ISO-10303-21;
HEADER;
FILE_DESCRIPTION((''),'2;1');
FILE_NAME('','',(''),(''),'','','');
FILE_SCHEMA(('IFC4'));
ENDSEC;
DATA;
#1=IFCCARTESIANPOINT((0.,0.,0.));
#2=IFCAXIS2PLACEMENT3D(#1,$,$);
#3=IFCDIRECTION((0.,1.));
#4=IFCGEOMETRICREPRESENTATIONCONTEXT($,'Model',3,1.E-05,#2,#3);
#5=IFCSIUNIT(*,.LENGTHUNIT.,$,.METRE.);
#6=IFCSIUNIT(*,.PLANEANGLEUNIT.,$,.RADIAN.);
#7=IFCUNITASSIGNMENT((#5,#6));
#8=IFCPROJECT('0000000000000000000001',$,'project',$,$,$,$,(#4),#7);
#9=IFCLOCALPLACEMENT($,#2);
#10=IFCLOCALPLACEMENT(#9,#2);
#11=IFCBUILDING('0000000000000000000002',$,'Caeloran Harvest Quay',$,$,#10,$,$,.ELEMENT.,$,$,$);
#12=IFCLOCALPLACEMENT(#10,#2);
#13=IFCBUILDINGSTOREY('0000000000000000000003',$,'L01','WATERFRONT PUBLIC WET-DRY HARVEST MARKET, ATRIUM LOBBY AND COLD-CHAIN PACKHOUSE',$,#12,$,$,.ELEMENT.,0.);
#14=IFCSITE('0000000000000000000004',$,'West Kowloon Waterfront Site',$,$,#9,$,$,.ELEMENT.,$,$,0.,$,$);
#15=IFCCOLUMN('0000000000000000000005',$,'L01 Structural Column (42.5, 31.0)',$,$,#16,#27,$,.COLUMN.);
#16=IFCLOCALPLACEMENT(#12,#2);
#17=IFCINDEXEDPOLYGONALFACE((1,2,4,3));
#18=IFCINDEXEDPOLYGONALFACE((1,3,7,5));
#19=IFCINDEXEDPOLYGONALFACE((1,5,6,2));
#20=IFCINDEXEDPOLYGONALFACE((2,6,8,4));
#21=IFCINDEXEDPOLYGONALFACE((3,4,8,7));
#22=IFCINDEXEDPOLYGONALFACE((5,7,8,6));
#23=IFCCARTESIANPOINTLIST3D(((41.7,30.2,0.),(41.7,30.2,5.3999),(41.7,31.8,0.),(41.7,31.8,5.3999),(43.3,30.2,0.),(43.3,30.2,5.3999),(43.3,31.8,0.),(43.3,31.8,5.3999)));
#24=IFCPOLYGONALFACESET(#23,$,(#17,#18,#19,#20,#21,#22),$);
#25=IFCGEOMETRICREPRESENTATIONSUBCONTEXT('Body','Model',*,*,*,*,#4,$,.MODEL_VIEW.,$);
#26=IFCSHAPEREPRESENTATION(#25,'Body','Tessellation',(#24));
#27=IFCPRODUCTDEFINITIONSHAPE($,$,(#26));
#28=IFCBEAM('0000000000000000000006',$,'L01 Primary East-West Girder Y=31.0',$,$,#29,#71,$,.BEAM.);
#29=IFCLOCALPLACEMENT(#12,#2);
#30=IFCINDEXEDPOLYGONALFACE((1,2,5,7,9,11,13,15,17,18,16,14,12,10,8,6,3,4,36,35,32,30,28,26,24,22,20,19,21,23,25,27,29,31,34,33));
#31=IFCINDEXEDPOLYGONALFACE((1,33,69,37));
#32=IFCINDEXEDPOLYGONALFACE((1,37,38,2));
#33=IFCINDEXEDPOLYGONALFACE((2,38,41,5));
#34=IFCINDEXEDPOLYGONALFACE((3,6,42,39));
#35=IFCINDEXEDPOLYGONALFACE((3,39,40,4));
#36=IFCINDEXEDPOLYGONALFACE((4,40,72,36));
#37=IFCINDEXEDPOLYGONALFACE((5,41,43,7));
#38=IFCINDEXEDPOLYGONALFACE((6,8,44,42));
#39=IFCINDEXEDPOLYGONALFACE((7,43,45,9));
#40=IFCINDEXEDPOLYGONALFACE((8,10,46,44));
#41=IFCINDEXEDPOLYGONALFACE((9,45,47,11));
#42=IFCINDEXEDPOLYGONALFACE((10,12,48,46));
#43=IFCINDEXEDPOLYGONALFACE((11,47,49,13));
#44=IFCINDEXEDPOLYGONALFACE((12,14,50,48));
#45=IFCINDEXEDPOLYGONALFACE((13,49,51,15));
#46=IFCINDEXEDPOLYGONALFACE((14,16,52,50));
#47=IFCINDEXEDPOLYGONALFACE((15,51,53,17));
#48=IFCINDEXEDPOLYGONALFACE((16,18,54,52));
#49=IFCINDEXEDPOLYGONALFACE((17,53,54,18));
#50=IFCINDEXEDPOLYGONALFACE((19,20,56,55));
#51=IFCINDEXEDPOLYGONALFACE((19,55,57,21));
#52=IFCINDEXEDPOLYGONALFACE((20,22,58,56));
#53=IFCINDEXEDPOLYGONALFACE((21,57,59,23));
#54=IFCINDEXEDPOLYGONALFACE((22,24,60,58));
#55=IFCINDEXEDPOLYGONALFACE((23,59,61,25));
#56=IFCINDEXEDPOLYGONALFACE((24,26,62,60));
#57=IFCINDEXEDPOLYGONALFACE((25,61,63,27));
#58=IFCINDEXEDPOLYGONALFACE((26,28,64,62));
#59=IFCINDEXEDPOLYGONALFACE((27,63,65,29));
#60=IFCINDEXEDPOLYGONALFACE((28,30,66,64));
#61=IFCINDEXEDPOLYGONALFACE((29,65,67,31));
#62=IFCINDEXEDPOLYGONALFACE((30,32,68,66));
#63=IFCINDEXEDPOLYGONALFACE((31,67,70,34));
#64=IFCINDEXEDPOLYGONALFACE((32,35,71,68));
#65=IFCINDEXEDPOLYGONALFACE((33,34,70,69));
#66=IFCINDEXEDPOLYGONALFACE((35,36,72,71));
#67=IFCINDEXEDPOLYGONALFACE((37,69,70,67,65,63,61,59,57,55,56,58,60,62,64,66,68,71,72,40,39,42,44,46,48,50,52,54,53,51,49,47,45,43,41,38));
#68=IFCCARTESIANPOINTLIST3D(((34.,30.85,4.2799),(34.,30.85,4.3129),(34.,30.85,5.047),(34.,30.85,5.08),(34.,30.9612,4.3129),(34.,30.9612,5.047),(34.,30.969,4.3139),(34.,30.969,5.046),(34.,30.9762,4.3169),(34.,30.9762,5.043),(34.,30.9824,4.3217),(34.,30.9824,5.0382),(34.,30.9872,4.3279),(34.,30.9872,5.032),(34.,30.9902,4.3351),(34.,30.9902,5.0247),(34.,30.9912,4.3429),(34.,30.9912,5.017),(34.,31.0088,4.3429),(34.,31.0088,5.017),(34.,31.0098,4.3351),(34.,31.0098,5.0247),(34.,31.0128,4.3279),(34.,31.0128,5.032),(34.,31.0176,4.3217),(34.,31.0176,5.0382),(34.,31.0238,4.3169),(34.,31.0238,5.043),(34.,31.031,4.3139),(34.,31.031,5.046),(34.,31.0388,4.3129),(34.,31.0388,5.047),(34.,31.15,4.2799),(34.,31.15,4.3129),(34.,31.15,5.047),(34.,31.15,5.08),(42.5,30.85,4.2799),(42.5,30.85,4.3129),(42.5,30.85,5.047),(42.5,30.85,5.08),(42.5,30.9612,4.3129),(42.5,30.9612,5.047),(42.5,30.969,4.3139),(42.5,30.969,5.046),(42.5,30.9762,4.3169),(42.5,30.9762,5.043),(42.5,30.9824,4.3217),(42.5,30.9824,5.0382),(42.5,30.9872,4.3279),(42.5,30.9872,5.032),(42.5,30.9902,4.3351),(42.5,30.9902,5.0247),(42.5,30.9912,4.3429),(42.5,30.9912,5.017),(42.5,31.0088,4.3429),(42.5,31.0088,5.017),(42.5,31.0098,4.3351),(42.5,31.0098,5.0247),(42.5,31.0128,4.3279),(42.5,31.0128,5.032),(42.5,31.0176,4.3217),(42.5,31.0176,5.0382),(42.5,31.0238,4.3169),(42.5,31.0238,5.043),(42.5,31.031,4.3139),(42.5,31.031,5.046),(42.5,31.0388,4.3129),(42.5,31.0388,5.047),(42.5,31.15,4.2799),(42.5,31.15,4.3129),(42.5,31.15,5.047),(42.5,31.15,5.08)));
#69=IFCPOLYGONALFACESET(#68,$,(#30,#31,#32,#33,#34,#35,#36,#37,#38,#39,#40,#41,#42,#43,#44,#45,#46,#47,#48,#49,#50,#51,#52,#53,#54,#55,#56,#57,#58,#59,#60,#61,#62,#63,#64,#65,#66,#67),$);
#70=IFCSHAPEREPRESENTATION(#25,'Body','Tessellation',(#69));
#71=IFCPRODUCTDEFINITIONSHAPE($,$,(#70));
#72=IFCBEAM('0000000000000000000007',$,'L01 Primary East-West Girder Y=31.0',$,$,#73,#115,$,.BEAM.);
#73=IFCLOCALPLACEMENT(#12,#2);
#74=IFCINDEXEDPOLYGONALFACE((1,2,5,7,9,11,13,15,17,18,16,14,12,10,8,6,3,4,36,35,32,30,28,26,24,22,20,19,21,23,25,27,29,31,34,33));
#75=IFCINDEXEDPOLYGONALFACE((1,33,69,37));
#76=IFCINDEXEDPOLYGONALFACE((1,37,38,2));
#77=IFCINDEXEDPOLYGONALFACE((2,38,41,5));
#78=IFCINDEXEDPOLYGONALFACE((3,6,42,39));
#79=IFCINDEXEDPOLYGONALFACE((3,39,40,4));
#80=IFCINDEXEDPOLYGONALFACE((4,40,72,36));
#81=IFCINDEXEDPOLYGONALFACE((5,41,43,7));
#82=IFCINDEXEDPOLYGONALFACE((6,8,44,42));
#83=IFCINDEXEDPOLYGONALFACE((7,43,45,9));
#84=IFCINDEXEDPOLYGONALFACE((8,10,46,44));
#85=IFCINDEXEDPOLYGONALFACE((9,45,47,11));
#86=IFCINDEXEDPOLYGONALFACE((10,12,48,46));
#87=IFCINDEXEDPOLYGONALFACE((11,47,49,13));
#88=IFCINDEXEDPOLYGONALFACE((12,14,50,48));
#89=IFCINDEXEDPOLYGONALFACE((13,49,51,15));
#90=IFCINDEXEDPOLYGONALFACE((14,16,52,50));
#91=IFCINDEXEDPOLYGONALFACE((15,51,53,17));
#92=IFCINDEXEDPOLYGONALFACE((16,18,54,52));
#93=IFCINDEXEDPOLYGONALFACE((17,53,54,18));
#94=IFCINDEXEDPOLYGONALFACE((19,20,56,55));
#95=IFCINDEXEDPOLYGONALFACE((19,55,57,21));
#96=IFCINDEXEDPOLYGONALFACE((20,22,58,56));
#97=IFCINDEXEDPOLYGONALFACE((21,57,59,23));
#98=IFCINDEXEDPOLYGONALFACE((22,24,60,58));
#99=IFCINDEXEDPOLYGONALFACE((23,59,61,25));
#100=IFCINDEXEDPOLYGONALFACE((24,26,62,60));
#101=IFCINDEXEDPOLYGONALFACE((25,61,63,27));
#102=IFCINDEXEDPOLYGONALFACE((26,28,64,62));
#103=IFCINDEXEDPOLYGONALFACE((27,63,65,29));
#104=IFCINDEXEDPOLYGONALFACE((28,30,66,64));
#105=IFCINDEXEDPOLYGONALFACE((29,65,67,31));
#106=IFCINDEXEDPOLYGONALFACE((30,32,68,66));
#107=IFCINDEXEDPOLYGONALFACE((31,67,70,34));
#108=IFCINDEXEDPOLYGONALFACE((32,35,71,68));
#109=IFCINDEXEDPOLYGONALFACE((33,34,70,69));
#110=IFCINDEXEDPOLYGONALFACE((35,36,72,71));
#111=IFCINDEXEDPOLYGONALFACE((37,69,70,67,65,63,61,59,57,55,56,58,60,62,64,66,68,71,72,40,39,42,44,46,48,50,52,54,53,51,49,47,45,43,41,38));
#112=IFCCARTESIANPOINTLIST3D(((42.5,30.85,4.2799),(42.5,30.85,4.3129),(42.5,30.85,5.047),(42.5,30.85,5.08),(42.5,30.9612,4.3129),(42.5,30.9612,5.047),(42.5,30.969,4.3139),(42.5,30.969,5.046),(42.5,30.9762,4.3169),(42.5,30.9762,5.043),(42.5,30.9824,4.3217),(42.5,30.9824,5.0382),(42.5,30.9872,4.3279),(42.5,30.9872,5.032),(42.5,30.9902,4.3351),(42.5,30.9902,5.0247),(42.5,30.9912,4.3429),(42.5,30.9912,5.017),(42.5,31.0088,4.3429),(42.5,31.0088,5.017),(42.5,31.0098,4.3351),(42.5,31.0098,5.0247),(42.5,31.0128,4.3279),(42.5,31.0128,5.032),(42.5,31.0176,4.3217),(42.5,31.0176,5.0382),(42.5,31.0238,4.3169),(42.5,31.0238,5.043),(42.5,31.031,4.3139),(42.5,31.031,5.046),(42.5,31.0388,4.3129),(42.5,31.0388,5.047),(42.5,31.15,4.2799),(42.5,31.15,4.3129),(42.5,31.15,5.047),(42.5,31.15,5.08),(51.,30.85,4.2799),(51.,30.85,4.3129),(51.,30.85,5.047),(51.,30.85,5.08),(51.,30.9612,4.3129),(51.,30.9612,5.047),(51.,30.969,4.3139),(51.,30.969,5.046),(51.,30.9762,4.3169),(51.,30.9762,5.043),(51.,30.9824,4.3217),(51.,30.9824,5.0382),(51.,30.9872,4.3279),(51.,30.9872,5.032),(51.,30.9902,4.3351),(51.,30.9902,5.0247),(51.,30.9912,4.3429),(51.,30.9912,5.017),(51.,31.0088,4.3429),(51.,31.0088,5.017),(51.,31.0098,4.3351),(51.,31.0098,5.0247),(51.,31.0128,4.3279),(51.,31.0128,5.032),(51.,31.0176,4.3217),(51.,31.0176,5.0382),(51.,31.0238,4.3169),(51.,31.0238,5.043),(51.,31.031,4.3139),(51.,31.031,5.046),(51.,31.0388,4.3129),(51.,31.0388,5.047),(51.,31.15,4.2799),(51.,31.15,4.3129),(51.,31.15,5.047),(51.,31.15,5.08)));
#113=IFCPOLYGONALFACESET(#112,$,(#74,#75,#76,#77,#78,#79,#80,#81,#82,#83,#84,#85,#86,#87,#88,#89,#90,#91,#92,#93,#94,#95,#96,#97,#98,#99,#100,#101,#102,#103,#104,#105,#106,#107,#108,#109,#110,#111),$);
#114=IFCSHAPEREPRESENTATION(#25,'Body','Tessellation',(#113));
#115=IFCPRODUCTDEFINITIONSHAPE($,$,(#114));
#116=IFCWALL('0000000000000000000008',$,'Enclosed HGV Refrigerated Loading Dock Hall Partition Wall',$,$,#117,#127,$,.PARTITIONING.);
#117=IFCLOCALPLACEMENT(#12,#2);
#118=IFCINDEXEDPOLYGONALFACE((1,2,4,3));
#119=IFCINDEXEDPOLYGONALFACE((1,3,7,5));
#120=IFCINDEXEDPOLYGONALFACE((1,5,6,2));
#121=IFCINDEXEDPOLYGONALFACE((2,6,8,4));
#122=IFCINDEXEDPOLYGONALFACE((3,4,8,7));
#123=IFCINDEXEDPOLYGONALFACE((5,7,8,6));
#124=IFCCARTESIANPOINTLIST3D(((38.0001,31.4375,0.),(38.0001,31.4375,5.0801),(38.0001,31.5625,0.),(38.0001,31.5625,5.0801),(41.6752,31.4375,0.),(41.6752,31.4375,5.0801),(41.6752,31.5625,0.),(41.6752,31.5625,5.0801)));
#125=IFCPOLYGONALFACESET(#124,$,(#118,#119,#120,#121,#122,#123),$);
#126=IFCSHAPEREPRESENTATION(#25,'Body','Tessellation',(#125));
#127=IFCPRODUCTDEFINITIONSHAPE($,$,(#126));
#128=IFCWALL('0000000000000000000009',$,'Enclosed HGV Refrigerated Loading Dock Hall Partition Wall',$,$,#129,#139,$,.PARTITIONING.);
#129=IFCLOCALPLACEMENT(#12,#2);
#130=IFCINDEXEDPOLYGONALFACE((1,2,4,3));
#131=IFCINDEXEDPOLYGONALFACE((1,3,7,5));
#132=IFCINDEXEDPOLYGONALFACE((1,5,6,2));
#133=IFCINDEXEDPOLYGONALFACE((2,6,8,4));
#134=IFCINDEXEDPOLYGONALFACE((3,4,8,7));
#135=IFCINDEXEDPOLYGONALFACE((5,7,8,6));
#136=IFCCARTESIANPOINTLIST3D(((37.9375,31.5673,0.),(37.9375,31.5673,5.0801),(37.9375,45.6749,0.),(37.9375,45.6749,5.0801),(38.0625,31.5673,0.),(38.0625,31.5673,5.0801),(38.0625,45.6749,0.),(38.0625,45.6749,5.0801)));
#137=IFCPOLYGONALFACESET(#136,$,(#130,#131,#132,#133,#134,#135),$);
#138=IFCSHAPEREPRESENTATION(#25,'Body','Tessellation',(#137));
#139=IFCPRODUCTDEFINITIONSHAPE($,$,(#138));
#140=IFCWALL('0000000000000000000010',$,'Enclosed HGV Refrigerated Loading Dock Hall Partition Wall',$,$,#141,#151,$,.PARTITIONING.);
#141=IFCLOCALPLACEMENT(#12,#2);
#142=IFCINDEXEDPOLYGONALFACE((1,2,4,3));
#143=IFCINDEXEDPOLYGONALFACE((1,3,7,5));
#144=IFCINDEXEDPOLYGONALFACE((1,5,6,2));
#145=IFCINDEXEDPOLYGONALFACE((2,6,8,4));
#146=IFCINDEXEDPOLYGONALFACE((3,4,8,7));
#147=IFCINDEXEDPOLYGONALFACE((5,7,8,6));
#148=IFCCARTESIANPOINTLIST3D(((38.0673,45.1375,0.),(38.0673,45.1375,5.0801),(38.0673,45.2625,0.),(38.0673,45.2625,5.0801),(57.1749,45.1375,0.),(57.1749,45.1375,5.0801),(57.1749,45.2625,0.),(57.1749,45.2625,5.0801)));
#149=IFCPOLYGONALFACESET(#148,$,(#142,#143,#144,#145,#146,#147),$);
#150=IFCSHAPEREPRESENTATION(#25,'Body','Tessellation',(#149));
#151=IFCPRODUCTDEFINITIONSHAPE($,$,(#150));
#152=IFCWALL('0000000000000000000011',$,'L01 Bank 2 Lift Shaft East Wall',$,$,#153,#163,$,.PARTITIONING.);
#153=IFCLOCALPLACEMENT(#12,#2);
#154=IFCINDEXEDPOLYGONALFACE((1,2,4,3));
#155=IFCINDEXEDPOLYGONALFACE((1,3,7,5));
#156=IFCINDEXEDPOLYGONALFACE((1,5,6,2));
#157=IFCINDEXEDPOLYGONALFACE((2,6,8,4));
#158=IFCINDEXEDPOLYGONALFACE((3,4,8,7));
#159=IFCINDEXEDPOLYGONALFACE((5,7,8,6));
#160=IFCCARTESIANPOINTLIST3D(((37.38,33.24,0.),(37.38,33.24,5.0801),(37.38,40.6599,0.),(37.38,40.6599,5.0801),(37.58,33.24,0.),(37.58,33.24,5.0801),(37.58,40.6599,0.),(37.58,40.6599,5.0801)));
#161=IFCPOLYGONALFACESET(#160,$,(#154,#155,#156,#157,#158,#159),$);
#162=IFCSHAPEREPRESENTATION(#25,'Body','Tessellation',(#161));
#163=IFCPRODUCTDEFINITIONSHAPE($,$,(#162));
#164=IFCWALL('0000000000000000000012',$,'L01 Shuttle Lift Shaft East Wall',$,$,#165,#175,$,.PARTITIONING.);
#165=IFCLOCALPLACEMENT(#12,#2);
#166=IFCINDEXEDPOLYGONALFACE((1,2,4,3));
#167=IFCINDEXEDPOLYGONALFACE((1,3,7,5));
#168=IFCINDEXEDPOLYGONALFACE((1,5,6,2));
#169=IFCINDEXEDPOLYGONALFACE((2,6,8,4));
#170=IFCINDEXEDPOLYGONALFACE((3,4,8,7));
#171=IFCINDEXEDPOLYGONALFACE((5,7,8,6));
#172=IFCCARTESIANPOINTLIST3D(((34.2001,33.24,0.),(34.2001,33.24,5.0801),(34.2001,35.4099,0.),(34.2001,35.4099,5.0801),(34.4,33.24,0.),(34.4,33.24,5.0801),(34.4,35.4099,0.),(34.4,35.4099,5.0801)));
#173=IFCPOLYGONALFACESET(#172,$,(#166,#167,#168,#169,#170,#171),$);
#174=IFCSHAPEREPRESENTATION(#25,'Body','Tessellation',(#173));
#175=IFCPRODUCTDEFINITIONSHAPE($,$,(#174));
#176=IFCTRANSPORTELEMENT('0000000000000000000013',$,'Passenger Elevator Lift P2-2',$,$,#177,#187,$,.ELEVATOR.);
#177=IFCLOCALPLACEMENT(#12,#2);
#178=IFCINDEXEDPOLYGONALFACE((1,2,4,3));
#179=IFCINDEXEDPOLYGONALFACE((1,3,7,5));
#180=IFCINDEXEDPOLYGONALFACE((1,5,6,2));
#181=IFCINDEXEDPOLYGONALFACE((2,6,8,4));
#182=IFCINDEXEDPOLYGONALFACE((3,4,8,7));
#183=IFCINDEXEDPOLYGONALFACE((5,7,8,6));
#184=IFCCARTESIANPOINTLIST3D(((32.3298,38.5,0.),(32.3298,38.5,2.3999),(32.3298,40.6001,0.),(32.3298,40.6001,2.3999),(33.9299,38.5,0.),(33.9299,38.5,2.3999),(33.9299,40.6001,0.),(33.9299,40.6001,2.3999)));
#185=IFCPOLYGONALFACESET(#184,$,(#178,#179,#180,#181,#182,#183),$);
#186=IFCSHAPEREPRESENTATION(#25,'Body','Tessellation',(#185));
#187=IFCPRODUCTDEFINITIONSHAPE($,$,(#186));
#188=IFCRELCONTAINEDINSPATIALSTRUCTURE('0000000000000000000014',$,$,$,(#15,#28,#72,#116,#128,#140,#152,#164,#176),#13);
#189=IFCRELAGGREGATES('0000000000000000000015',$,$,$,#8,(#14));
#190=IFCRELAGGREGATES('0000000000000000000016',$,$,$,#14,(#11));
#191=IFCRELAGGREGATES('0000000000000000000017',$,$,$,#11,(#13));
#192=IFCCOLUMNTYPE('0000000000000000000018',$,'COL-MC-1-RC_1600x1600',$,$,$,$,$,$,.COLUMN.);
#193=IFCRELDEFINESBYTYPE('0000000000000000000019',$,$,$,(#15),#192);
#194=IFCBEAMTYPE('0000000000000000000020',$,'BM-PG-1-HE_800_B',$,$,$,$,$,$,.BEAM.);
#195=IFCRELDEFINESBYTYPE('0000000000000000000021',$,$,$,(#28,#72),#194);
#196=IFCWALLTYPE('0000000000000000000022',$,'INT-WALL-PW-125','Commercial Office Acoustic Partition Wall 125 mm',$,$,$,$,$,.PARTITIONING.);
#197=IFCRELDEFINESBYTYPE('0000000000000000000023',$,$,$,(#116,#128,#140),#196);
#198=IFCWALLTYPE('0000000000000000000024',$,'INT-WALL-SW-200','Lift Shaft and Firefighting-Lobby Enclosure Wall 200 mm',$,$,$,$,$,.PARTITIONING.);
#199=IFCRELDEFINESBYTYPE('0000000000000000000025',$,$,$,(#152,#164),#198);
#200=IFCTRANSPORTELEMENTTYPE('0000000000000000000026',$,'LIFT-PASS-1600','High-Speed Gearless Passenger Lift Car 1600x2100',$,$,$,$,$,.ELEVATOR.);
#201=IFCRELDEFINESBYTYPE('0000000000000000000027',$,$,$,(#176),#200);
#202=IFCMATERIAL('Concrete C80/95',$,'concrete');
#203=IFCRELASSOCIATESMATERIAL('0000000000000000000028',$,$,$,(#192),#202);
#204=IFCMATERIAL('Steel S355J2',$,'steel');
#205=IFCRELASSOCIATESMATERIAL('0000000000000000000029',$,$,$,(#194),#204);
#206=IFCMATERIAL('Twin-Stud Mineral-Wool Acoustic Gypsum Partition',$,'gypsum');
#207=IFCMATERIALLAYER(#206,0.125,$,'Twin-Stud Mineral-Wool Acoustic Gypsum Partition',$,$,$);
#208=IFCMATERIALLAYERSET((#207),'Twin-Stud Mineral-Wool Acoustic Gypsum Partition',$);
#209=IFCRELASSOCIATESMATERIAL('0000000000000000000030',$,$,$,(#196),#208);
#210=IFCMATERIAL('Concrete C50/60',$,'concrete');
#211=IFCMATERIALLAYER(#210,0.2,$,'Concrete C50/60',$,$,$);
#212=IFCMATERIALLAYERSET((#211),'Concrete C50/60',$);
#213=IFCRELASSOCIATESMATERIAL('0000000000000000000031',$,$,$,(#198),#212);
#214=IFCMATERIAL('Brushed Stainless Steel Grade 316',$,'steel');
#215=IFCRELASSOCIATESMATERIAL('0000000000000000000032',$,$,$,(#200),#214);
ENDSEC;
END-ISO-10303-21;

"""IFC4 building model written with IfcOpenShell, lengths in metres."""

from ifc_helpers import new_model, si_unit, direction, frame, frame_2d, origin, origin_2d, place, context, subcontext, project, spatial, rectangle, i_section, extrude, material, layer, layer_set, material_profile, profile_set, type_object, element, save


model = new_model("IFC4")

# Units and contexts
model_context = context("Model", 3, precision=1e-05, world=origin(), true_north=direction((0.0, 1.0)))
body_context = subcontext(model_context, "Body", "Model", "MODEL_VIEW")
ifc_project = project(units=[si_unit("LENGTHUNIT", "METRE"), si_unit("PLANEANGLEUNIT", "RADIAN")], contexts=[model_context])

# Site, building, storey
site_placement = place(None, origin())
site = spatial("IfcSite", under=ifc_project, at=site_placement, Name="West Kowloon Waterfront Site", CompositionType="ELEMENT", RefElevation=0.0)
building_placement = place(site_placement, origin())
building = spatial("IfcBuilding", under=site, at=building_placement, Name="Caeloran Harvest Quay", CompositionType="ELEMENT")
storey_placement = place(building_placement, origin())
storey = spatial("IfcBuildingStorey", under=building, at=storey_placement, Name="L01", Description="WATERFRONT PUBLIC WET-DRY HARVEST MARKET, ATRIUM LOBBY AND COLD-CHAIN PACKHOUSE", CompositionType="ELEMENT", Elevation=0.0)

# Column
ifc_material_1 = material(Name="Concrete C80/95", Category="concrete")
ifc_material_profile_1 = material_profile(ifc_material_1, rectangle(XDim=1.6001, YDim=1.6001, at=origin_2d()), Name="RC 1600x1600")
ifc_profile_set_1 = profile_set([ifc_material_profile_1], Name="Concrete C80/95")
column_type = type_object("IfcColumnType", Name="COL-MC-1-RC_1600x1600", PredefinedType="COLUMN", material=ifc_profile_set_1)
column_placement = place(storey_placement, frame((42.5, 31.0, 0.0), z_axis=(0.0, 0.0, 1.0), x_axis=(1.0, 0.0, 0.0)))
element("IfcColumn", 1, at=column_placement, inside=storey, type_object=column_type, Name="L01 Structural Column (42.5, 31.0)", PredefinedType="COLUMN", context=body_context, shape_type="SweptSolid", body=[
    extrude(rectangle(XDim=1.6001, YDim=1.6001, at=origin_2d()), origin(), (0.0, 0.0, 1.0), 5.3999),
])

# Beams
ifc_material_2 = material(Name="Steel S355J2", Category="steel")
ifc_material_profile_2 = material_profile(ifc_material_2, i_section(OverallWidth=0.3, OverallDepth=0.8, WebThickness=0.0176, FlangeThickness=0.033, FilletRadius=0.03, at=origin_2d()), Name="HE 800 B")
ifc_profile_set_2 = profile_set([ifc_material_profile_2], Name="Steel S355J2")
beam_type = type_object("IfcBeamType", Name="BM-PG-1-HE_800_B", PredefinedType="BEAM", material=ifc_profile_set_2)
for number, where, z_axis, x_axis, name in (
    (2, (34.0, 31.0, 4.6799), (1.0, 0.0, 0.0), (0.0, 1.0, 0.0), "L01 Primary East-West Girder Y=31.0"),
    (3, (42.5, 31.0, 4.6799), (1.0, 0.0, 0.0), (0.0, 1.0, 0.0), "L01 Primary East-West Girder Y=31.0"),
):
    element("IfcBeam", number, at=place(storey_placement, frame(where, z_axis=z_axis, x_axis=x_axis)), inside=storey, type_object=beam_type, Name=name, PredefinedType="BEAM", context=body_context, shape_type="SweptSolid", body=[
        extrude(i_section(OverallWidth=0.3, OverallDepth=0.8, WebThickness=0.0176, FlangeThickness=0.033, FilletRadius=0.03, at=origin_2d()), origin(), (0.0, 0.0, 1.0), 8.5),
    ])

# Walls
ifc_material_3 = material(Name="Twin-Stud Mineral-Wool Acoustic Gypsum Partition", Category="gypsum")
ifc_layer_1 = layer(ifc_material_3, 0.125, Name="Twin-Stud Mineral-Wool Acoustic Gypsum Partition")
ifc_layer_set_1 = layer_set([ifc_layer_1], Name="Twin-Stud Mineral-Wool Acoustic Gypsum Partition")
wall_type_1 = type_object("IfcWallType", Name="INT-WALL-PW-125", Description="Commercial Office Acoustic Partition Wall 125 mm", PredefinedType="PARTITIONING", material=ifc_layer_set_1)
wall_1_placement = place(storey_placement, frame((41.675, 31.5, 0.0), z_axis=(0.0, 0.0, 1.0), x_axis=(-1.0, 0.0, 0.0)))
element("IfcWall", 4, at=wall_1_placement, inside=storey, type_object=wall_type_1, Name="Enclosed HGV Refrigerated Loading Dock Hall Partition Wall", PredefinedType="PARTITIONING", context=body_context, shape_type="SweptSolid", body=[
    extrude(rectangle(XDim=3.675, YDim=0.125, at=frame_2d((1.8374, 0.0))), origin(), (0.0, 0.0, 1.0), 5.0801),
])
wall_2_placement = place(storey_placement, frame((38.0, 31.5674, 0.0), z_axis=(0.0, 0.0, 1.0), x_axis=(0.0, 1.0, 0.0)))
element("IfcWall", 5, at=wall_2_placement, inside=storey, type_object=wall_type_1, Name="Enclosed HGV Refrigerated Loading Dock Hall Partition Wall", PredefinedType="PARTITIONING", context=body_context, shape_type="SweptSolid", body=[
    extrude(rectangle(XDim=14.1077, YDim=0.125, at=frame_2d((7.0537, 0.0))), origin(), (0.0, 0.0, 1.0), 5.0801),
])
wall_3_placement = place(storey_placement, frame((38.0674, 45.2, 0.0), z_axis=(0.0, 0.0, 1.0), x_axis=(1.0, 0.0, 0.0)))
element("IfcWall", 6, at=wall_3_placement, inside=storey, type_object=wall_type_1, Name="Enclosed HGV Refrigerated Loading Dock Hall Partition Wall", PredefinedType="PARTITIONING", context=body_context, shape_type="SweptSolid", body=[
    extrude(rectangle(XDim=19.1077, YDim=0.125, at=frame_2d((9.5537, 0.0))), origin(), (0.0, 0.0, 1.0), 5.0801),
])
ifc_material_4 = material(Name="Concrete C50/60", Category="concrete")
ifc_layer_2 = layer(ifc_material_4, 0.2, Name="Concrete C50/60")
ifc_layer_set_2 = layer_set([ifc_layer_2], Name="Concrete C50/60")
wall_type_2 = type_object("IfcWallType", Name="INT-WALL-SW-200", Description="Lift Shaft and Firefighting-Lobby Enclosure Wall 200 mm", PredefinedType="PARTITIONING", material=ifc_layer_set_2)
wall_4_placement = place(storey_placement, frame((37.48, 33.24, 0.0), z_axis=(0.0, 0.0, 1.0), x_axis=(0.0, 1.0, 0.0)))
element("IfcWall", 7, at=wall_4_placement, inside=storey, type_object=wall_type_2, Name="L01 Bank 2 Lift Shaft East Wall", PredefinedType="PARTITIONING", context=body_context, shape_type="SweptSolid", body=[
    extrude(rectangle(XDim=7.4199, YDim=0.2, at=frame_2d((3.71, 0.0))), origin(), (0.0, 0.0, 1.0), 5.0801),
])
wall_5_placement = place(storey_placement, frame((34.3, 33.24, 0.0), z_axis=(0.0, 0.0, 1.0), x_axis=(0.0, 1.0, 0.0)))
element("IfcWall", 8, at=wall_5_placement, inside=storey, type_object=wall_type_2, Name="L01 Shuttle Lift Shaft East Wall", PredefinedType="PARTITIONING", context=body_context, shape_type="SweptSolid", body=[
    extrude(rectangle(XDim=2.1699, YDim=0.2, at=frame_2d((1.085, 0.0))), origin(), (0.0, 0.0, 1.0), 5.0801),
])

# Transport element
ifc_material_5 = material(Name="Brushed Stainless Steel Grade 316", Category="steel")
transport_element_type_1 = type_object("IfcTransportElementType", Name="LIFT-PASS-1600", Description="High-Speed Gearless Passenger Lift Car 1600x2100", PredefinedType="ELEVATOR", material=ifc_material_5)
for number, where, z_axis, x_axis, name in (
    (9, (33.1299, 39.55, 0.0), (0.0, 0.0, 1.0), (1.0, 0.0, 0.0), "Passenger Elevator Lift P2-2"),
):
    element("IfcTransportElement", number, at=place(storey_placement, frame(where, z_axis=z_axis, x_axis=x_axis)), inside=storey, type_object=transport_element_type_1, Name=name, PredefinedType="ELEVATOR", context=body_context, shape_type="SweptSolid", body=[
        extrude(rectangle(XDim=1.6001, YDim=2.1001, at=origin_2d()), origin(), (0.0, 0.0, 1.0), 2.3999),
    ])

save(model, "model.ifc")
